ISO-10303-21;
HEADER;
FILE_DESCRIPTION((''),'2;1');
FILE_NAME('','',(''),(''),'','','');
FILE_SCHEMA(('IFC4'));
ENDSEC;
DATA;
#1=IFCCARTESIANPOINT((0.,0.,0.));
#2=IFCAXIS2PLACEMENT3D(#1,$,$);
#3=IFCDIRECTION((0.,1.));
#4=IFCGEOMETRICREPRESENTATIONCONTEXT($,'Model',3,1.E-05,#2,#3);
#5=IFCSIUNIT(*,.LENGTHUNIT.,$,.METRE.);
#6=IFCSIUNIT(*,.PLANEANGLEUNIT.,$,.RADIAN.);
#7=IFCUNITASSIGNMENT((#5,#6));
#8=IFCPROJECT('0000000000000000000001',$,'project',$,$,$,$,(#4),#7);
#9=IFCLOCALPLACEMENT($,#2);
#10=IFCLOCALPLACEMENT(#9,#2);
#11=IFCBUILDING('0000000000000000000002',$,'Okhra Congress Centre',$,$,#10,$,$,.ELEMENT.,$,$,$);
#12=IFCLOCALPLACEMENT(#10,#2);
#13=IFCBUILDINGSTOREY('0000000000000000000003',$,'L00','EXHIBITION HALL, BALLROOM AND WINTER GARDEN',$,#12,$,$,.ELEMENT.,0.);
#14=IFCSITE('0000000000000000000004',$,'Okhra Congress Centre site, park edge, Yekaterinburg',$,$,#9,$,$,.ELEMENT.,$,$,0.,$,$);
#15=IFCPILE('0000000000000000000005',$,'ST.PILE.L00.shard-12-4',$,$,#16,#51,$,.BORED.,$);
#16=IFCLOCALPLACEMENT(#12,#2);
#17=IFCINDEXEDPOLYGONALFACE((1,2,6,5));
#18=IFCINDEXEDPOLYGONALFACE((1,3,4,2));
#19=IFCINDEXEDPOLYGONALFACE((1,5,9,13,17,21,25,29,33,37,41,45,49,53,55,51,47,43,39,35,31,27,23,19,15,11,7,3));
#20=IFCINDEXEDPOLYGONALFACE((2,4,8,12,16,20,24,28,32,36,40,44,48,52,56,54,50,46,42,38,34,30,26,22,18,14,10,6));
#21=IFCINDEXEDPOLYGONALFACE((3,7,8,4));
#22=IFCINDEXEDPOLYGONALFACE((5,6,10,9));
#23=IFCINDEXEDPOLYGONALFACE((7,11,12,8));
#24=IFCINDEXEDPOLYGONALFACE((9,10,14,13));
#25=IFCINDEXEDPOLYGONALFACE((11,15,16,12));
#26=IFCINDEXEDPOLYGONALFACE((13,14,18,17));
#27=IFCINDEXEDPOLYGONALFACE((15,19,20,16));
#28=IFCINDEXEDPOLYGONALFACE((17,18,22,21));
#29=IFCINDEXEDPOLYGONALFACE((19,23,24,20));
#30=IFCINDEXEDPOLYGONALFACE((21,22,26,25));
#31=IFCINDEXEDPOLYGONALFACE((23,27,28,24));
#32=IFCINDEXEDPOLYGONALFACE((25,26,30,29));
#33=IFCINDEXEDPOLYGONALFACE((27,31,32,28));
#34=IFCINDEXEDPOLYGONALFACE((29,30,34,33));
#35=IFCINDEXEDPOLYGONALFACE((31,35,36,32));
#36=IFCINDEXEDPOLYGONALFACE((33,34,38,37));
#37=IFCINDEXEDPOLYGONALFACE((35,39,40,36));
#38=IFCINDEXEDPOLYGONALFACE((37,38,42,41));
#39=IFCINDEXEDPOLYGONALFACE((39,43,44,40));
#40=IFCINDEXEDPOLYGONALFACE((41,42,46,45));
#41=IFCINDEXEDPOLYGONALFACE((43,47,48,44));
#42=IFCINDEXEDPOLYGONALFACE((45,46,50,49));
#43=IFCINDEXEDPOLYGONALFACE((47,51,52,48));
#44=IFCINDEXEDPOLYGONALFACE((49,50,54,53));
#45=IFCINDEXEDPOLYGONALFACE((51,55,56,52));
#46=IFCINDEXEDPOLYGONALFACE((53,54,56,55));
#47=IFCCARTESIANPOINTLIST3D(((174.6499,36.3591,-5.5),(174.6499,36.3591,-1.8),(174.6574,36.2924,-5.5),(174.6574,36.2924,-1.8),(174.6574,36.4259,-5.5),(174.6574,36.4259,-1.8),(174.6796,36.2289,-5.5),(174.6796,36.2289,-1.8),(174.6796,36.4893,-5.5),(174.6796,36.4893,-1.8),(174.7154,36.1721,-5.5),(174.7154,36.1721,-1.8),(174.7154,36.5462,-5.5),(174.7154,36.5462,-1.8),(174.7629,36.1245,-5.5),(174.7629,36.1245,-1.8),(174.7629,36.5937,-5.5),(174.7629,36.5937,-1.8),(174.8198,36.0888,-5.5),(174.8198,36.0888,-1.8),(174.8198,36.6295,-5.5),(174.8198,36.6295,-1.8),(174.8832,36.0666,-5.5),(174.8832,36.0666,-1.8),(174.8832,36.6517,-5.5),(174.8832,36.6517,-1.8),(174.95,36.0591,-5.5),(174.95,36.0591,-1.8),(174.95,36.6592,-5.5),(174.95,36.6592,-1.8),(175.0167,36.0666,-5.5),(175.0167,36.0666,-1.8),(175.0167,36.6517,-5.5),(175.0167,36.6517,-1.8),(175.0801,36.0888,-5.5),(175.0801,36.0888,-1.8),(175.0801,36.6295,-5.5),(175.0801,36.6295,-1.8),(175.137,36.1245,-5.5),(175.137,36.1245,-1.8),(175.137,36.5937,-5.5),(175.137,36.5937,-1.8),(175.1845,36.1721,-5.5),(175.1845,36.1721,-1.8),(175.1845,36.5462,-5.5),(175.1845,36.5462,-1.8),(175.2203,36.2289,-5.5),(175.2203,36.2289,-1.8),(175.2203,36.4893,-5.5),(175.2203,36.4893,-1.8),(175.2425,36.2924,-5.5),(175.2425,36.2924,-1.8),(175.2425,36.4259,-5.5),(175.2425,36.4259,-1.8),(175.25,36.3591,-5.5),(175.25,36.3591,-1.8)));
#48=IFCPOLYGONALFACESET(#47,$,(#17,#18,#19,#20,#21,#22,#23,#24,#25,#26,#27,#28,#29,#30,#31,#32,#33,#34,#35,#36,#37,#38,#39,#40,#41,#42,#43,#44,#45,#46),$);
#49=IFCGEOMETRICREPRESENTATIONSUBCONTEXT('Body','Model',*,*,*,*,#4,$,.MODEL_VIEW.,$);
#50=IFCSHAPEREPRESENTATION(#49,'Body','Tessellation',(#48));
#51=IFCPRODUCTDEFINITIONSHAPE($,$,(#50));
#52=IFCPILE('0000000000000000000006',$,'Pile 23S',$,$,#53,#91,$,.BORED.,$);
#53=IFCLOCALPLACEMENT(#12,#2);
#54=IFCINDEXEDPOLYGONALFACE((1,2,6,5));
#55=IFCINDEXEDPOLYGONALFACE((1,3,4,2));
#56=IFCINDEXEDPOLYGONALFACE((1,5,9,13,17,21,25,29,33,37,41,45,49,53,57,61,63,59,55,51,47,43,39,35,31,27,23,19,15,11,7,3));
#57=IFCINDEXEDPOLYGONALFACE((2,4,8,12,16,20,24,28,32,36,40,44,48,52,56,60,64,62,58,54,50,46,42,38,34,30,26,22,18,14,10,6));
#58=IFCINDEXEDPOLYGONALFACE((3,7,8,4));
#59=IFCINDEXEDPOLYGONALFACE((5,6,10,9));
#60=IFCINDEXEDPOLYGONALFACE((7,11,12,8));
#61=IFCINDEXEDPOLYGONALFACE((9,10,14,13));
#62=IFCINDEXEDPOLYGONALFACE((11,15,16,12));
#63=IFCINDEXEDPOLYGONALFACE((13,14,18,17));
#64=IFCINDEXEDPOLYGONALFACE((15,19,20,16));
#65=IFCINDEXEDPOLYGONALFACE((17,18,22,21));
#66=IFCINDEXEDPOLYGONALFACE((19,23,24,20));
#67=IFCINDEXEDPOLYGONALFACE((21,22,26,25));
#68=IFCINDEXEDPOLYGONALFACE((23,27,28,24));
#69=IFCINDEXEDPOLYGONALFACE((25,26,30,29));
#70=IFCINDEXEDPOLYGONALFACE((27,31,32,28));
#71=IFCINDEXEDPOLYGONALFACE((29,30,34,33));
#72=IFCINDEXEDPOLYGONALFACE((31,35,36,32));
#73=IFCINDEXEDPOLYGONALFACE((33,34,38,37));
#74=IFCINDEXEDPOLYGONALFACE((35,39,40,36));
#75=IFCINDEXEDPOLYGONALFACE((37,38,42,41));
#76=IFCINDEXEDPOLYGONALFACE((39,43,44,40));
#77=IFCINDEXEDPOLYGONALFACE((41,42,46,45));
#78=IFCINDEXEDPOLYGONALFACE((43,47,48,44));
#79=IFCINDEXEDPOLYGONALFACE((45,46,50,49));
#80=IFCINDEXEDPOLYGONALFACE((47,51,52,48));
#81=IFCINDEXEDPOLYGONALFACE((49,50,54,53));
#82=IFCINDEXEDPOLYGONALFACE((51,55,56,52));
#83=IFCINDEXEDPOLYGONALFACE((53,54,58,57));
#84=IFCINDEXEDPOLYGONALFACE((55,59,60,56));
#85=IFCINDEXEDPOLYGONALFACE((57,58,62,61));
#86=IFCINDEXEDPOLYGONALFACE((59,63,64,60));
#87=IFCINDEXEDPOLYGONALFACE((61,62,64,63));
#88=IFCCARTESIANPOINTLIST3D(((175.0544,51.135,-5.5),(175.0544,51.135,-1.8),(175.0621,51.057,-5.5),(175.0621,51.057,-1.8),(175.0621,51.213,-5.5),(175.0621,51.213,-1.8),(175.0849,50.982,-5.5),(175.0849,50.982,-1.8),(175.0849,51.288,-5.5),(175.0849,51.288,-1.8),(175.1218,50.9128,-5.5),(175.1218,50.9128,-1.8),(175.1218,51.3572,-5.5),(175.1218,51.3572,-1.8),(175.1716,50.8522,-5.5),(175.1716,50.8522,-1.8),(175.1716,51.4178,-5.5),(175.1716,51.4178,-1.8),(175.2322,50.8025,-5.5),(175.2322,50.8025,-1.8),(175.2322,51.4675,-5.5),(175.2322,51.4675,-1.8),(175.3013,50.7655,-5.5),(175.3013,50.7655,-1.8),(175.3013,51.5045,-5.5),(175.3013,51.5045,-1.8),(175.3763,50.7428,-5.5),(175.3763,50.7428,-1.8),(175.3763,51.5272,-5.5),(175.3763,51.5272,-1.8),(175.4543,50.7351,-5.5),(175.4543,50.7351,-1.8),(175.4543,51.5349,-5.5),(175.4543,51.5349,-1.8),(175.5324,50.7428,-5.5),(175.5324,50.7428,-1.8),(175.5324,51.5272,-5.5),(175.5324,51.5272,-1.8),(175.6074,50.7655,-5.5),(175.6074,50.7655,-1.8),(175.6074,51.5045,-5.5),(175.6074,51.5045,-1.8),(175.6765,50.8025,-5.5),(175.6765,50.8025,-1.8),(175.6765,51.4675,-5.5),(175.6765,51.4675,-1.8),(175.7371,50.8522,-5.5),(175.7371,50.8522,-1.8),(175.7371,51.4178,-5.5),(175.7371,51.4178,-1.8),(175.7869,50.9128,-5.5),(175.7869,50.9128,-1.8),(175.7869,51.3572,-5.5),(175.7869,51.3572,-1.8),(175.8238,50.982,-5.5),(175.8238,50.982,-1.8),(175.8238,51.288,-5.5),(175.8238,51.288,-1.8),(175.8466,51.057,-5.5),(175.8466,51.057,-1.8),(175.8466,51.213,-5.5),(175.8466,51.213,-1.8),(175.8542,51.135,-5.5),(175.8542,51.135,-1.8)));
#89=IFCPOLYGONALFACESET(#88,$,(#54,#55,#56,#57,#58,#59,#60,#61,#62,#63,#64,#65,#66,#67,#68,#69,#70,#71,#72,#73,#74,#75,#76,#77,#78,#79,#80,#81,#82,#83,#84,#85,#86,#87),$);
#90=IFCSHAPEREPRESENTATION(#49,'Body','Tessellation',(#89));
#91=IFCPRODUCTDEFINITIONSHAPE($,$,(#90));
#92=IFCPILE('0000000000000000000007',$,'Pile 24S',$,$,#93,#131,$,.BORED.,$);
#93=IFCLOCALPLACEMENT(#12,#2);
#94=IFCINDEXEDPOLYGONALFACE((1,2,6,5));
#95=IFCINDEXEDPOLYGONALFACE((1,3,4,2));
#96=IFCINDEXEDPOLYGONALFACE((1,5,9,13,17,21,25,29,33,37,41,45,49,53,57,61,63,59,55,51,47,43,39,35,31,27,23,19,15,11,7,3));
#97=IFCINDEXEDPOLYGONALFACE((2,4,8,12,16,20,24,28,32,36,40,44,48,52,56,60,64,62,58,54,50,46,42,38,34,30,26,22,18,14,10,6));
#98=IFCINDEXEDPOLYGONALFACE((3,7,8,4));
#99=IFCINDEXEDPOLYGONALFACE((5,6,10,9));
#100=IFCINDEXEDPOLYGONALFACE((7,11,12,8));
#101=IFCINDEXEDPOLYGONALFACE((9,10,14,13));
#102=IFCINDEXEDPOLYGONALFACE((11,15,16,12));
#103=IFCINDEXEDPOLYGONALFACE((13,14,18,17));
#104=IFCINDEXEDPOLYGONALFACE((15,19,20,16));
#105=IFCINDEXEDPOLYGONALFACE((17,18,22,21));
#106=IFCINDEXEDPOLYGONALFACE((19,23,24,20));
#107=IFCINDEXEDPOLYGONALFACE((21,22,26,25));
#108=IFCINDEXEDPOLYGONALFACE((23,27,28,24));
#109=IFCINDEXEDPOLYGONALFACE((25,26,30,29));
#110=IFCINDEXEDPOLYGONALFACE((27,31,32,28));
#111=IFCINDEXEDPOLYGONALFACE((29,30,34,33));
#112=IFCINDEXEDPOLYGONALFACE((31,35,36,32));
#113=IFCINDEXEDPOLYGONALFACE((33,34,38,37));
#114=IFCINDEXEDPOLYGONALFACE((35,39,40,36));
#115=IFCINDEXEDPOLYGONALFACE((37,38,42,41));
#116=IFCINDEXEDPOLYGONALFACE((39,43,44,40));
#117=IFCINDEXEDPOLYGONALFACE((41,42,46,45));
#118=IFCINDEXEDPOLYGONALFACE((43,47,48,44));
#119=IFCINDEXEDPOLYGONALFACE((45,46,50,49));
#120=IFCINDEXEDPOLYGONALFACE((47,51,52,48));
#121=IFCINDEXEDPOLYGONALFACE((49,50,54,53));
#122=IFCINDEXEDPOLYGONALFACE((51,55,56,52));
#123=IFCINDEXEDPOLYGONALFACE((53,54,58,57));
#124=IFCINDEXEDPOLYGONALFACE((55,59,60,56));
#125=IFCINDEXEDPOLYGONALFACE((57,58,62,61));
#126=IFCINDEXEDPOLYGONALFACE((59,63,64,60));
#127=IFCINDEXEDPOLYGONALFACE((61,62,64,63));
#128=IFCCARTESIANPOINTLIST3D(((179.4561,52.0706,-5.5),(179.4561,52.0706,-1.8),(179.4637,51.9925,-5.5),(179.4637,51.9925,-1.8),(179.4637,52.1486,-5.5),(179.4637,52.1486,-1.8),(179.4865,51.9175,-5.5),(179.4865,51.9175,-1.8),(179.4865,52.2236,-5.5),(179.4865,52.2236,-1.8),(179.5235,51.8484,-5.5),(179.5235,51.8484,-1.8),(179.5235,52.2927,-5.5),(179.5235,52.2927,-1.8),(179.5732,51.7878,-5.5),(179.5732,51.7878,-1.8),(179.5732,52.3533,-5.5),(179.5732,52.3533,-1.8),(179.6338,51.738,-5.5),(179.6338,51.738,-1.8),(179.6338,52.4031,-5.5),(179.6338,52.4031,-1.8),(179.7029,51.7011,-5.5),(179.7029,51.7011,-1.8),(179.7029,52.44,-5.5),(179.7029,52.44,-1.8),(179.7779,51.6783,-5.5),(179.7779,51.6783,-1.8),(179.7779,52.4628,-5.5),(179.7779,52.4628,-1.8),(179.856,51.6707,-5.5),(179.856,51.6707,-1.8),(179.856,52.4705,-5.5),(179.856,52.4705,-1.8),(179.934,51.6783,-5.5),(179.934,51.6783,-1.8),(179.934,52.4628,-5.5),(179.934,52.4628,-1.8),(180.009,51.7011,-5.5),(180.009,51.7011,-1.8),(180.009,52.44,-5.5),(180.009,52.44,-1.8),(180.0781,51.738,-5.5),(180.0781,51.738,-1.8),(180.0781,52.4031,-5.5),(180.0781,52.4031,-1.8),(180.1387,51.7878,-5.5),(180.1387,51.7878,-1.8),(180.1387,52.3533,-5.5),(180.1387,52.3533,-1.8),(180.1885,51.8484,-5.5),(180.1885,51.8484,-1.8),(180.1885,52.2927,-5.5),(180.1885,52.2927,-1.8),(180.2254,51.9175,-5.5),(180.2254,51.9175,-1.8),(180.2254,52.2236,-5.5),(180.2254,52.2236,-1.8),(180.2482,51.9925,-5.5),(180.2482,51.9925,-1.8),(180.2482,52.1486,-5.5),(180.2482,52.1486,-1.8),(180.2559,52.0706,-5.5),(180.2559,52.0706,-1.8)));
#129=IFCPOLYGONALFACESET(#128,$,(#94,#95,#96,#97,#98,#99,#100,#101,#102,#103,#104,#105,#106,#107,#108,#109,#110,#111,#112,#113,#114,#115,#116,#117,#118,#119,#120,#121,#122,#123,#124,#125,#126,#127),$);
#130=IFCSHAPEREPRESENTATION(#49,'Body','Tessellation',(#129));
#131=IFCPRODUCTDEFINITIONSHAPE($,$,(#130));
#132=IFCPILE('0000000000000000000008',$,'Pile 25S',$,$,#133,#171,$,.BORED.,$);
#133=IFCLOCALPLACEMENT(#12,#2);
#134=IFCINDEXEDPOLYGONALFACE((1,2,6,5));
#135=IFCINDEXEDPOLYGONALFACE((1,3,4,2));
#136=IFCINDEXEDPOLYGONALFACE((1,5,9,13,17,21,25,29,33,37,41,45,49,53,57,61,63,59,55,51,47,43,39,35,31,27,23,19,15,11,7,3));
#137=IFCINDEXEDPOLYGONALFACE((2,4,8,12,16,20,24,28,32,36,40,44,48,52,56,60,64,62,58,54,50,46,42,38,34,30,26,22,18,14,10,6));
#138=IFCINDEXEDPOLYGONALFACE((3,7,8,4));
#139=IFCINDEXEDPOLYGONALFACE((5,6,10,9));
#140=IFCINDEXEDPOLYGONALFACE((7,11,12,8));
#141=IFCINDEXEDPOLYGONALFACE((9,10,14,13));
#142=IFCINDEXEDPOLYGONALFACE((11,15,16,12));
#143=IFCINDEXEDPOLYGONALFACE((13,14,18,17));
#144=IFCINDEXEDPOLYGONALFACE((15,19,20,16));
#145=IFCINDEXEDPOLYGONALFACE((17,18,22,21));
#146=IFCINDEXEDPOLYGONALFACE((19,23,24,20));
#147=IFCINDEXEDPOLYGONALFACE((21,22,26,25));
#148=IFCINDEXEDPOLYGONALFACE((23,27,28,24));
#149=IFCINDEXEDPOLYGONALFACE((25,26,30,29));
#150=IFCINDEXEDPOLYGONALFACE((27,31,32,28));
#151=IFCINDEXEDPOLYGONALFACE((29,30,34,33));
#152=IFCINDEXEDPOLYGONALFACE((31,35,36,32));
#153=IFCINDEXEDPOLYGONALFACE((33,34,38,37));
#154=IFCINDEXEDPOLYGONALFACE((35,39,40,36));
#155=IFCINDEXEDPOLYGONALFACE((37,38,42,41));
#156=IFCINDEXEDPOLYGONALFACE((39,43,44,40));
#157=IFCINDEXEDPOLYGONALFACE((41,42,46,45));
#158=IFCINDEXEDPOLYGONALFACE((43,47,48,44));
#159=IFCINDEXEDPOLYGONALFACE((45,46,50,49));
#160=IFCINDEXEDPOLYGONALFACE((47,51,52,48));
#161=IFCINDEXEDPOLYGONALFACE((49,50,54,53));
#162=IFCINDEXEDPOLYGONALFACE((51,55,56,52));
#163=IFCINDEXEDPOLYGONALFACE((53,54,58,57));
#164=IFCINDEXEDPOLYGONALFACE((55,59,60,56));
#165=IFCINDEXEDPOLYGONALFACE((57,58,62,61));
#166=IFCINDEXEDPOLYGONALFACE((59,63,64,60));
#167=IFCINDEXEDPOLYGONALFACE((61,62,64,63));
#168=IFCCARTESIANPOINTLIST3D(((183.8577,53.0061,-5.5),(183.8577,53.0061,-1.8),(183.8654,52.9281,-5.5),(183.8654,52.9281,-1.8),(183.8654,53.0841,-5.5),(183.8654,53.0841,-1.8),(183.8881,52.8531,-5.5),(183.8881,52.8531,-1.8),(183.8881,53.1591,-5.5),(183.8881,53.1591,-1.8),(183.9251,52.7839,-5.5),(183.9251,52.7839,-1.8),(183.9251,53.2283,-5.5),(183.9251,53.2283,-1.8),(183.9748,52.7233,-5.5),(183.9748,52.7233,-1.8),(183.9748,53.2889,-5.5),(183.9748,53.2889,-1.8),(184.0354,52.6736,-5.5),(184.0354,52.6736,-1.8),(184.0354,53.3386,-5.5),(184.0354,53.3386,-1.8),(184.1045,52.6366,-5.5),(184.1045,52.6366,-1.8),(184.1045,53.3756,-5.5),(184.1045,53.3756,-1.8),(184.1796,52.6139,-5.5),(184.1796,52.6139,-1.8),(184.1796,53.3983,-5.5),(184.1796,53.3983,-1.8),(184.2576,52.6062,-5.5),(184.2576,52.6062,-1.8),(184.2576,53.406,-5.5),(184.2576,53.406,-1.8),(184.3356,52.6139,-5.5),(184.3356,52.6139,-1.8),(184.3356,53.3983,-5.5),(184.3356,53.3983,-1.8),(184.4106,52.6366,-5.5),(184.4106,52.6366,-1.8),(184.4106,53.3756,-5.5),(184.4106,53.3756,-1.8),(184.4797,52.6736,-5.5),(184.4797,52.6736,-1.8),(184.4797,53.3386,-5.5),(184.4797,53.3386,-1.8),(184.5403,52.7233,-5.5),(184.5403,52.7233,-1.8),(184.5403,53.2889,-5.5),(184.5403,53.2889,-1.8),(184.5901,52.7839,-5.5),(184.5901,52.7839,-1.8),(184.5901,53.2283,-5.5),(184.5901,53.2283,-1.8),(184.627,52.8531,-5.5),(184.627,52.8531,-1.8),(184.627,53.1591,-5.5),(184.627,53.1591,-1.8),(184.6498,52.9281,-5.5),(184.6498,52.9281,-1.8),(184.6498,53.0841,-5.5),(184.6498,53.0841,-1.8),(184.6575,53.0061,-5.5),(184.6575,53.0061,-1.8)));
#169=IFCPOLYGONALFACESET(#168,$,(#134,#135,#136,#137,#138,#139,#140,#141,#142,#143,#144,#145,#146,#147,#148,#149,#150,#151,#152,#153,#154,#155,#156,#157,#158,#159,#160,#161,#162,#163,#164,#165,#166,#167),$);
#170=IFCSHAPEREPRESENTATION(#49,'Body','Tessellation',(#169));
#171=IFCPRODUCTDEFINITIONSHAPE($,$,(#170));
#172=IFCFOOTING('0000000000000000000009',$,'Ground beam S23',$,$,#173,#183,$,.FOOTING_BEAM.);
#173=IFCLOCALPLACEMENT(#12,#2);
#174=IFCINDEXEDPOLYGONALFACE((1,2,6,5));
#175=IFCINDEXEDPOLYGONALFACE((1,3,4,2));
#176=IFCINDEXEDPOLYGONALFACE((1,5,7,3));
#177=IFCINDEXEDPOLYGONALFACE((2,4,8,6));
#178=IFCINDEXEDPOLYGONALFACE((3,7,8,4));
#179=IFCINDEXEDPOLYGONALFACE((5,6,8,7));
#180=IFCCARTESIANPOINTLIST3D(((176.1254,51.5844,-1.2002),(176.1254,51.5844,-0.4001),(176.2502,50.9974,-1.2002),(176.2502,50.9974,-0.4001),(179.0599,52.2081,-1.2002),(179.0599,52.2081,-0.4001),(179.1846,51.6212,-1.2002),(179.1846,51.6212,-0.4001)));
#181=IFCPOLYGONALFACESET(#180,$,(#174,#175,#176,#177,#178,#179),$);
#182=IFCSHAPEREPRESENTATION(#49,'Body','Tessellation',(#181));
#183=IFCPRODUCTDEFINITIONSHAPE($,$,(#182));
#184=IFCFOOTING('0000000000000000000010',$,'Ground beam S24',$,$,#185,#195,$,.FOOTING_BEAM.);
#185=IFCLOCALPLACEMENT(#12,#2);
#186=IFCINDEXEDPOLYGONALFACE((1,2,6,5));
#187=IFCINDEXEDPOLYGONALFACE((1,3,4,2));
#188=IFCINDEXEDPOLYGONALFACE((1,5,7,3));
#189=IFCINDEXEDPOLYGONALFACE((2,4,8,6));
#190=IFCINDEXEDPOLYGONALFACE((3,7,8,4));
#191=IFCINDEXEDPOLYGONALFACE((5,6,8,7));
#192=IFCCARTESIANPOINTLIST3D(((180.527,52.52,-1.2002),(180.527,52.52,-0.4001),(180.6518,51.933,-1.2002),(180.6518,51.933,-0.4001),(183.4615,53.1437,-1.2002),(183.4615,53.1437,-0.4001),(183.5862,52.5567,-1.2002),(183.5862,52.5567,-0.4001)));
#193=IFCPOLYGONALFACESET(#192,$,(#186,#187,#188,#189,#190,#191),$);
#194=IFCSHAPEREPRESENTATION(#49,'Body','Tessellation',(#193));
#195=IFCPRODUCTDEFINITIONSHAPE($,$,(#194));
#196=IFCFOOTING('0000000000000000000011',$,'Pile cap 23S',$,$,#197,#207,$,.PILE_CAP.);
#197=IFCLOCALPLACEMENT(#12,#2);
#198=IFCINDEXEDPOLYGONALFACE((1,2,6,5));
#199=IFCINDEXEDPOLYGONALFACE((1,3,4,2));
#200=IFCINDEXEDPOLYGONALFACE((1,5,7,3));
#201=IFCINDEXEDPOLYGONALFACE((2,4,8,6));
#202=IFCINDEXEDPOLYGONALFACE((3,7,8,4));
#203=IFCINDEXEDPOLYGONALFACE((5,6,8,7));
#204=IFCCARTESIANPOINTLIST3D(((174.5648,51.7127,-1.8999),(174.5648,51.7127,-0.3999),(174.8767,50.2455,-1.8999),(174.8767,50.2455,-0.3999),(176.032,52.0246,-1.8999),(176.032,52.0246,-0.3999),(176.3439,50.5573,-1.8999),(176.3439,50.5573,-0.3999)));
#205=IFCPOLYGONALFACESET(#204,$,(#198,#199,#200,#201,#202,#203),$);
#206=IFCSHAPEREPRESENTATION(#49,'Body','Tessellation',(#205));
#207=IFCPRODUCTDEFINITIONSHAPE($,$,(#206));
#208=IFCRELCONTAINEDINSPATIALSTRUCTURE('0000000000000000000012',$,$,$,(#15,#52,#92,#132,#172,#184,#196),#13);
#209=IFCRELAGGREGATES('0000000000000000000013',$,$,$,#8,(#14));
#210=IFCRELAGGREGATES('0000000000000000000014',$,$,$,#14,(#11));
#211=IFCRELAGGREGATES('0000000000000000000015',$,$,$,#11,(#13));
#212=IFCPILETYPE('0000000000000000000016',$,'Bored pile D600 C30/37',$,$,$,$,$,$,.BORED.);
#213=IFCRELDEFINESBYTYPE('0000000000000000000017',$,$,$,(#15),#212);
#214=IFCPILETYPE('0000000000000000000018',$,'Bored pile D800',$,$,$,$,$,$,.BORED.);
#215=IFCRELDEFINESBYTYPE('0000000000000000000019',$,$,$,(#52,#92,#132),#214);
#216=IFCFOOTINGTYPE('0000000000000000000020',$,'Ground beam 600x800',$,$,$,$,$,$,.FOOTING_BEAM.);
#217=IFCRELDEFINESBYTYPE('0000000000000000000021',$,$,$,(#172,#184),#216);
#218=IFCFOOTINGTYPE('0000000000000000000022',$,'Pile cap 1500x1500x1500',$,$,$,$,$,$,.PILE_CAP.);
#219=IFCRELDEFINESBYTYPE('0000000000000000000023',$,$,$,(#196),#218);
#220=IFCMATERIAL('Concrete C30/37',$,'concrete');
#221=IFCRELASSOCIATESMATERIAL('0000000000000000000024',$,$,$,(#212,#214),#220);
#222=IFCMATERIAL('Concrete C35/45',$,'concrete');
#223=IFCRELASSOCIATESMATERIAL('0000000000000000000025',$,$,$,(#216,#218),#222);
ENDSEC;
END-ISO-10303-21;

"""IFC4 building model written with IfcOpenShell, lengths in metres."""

from ifc_helpers import new_model, si_unit, direction, frame, origin, origin_2d, place, context, subcontext, project, spatial, rectangle, circle, extrude, material, material_profile, profile_set, type_object, element, save


model = new_model("IFC4")

# Units and contexts
model_context = context("Model", 3, precision=1e-05, world=origin(), true_north=direction((0.0, 1.0)))
body_context = subcontext(model_context, "Body", "Model", "MODEL_VIEW")
ifc_project = project(units=[si_unit("LENGTHUNIT", "METRE"), si_unit("PLANEANGLEUNIT", "RADIAN")], contexts=[model_context])

# Site, building, storey
site_placement = place(None, origin())
site = spatial("IfcSite", under=ifc_project, at=site_placement, Name="Okhra Congress Centre site, park edge, Yekaterinburg", CompositionType="ELEMENT", RefElevation=0.0)
building_placement = place(site_placement, origin())
building = spatial("IfcBuilding", under=site, at=building_placement, Name="Okhra Congress Centre", CompositionType="ELEMENT")
storey_placement = place(building_placement, origin())
storey = spatial("IfcBuildingStorey", under=building, at=storey_placement, Name="L00", Description="EXHIBITION HALL, BALLROOM AND WINTER GARDEN", CompositionType="ELEMENT", Elevation=0.0)

# Piles
ifc_material_1 = material(Name="Concrete C30/37", Category="concrete")
ifc_material_profile_1 = material_profile(ifc_material_1, circle(Radius=0.3, at=origin_2d()), Name="D600")
ifc_profile_set_1 = profile_set([ifc_material_profile_1], Name="Concrete C30/37")
pile_type_1 = type_object("IfcPileType", Name="Bored pile D600 C30/37", PredefinedType="BORED", material=ifc_profile_set_1)
pile_placement = place(storey_placement, frame((174.95, 36.3591, -1.8), z_axis=(0.0, 0.0, -1.0), x_axis=(1.0, 0.0, 0.0)))
element("IfcPile", 1, at=pile_placement, inside=storey, type_object=pile_type_1, Name="ST.PILE.L00.shard-12-4", PredefinedType="BORED", context=body_context, shape_type="SweptSolid", body=[
    extrude(circle(Radius=0.3, at=origin_2d()), origin(), (0.0, 0.0, 1.0), 3.7),
])
ifc_material_profile_2 = material_profile(ifc_material_1, circle(Radius=0.3999, at=origin_2d()), Name="D800")
ifc_profile_set_2 = profile_set([ifc_material_profile_2], Name="Concrete C30/37")
pile_type_2 = type_object("IfcPileType", Name="Bored pile D800", PredefinedType="BORED", material=ifc_profile_set_2)
for number, where, z_axis, x_axis, name in (
    (2, (175.4543, 51.135, -1.8), (0.0, 0.0, -1.0), (1.0, 0.0, 0.0), "Pile 23S"),
    (3, (179.856, 52.0706, -1.8), (0.0, 0.0, -1.0), (1.0, 0.0, 0.0), "Pile 24S"),
    (4, (184.2576, 53.0061, -1.8), (0.0, 0.0, -1.0), (1.0, 0.0, 0.0), "Pile 25S"),
):
    element("IfcPile", number, at=place(storey_placement, frame(where, z_axis=z_axis, x_axis=x_axis)), inside=storey, type_object=pile_type_2, Name=name, PredefinedType="BORED", context=body_context, shape_type="SweptSolid", body=[
        extrude(circle(Radius=0.3999, at=origin_2d()), origin(), (0.0, 0.0, 1.0), 3.7),
    ])

# Footings
ifc_material_2 = material(Name="Concrete C35/45", Category="concrete")
footing_type_1 = type_object("IfcFootingType", Name="Ground beam 600x800", PredefinedType="FOOTING_BEAM", material=ifc_material_2)
for number, where, z_axis, x_axis, name in (
    (5, (177.655, 51.6028, -1.2002), (0.0, 0.0, 1.0), (0.978148, 0.207912, 0.0), "Ground beam S23"),
    (6, (182.0566, 52.5383, -1.2002), (0.0, 0.0, 1.0), (0.978148, 0.207912, 0.0), "Ground beam S24"),
):
    element("IfcFooting", number, at=place(storey_placement, frame(where, z_axis=z_axis, x_axis=x_axis)), inside=storey, type_object=footing_type_1, Name=name, PredefinedType="FOOTING_BEAM", context=body_context, shape_type="SweptSolid", body=[
        extrude(rectangle(XDim=3.0, YDim=0.6001, at=origin_2d()), origin(), (0.0, 0.0, 1.0), 0.8),
    ])
footing_type_2 = type_object("IfcFootingType", Name="Pile cap 1500x1500x1500", PredefinedType="PILE_CAP", material=ifc_material_2)
for number, where, z_axis, x_axis, name in (
    (7, (175.4543, 51.135, -1.8999), (0.0, 0.0, 1.0), (0.978148, 0.207912, 0.0), "Pile cap 23S"),
):
    element("IfcFooting", number, at=place(storey_placement, frame(where, z_axis=z_axis, x_axis=x_axis)), inside=storey, type_object=footing_type_2, Name=name, PredefinedType="PILE_CAP", context=body_context, shape_type="SweptSolid", body=[
        extrude(rectangle(XDim=1.5, YDim=1.5, at=origin_2d()), origin(), (0.0, 0.0, 1.0), 1.5),
    ])

save(model, "model.ifc")
